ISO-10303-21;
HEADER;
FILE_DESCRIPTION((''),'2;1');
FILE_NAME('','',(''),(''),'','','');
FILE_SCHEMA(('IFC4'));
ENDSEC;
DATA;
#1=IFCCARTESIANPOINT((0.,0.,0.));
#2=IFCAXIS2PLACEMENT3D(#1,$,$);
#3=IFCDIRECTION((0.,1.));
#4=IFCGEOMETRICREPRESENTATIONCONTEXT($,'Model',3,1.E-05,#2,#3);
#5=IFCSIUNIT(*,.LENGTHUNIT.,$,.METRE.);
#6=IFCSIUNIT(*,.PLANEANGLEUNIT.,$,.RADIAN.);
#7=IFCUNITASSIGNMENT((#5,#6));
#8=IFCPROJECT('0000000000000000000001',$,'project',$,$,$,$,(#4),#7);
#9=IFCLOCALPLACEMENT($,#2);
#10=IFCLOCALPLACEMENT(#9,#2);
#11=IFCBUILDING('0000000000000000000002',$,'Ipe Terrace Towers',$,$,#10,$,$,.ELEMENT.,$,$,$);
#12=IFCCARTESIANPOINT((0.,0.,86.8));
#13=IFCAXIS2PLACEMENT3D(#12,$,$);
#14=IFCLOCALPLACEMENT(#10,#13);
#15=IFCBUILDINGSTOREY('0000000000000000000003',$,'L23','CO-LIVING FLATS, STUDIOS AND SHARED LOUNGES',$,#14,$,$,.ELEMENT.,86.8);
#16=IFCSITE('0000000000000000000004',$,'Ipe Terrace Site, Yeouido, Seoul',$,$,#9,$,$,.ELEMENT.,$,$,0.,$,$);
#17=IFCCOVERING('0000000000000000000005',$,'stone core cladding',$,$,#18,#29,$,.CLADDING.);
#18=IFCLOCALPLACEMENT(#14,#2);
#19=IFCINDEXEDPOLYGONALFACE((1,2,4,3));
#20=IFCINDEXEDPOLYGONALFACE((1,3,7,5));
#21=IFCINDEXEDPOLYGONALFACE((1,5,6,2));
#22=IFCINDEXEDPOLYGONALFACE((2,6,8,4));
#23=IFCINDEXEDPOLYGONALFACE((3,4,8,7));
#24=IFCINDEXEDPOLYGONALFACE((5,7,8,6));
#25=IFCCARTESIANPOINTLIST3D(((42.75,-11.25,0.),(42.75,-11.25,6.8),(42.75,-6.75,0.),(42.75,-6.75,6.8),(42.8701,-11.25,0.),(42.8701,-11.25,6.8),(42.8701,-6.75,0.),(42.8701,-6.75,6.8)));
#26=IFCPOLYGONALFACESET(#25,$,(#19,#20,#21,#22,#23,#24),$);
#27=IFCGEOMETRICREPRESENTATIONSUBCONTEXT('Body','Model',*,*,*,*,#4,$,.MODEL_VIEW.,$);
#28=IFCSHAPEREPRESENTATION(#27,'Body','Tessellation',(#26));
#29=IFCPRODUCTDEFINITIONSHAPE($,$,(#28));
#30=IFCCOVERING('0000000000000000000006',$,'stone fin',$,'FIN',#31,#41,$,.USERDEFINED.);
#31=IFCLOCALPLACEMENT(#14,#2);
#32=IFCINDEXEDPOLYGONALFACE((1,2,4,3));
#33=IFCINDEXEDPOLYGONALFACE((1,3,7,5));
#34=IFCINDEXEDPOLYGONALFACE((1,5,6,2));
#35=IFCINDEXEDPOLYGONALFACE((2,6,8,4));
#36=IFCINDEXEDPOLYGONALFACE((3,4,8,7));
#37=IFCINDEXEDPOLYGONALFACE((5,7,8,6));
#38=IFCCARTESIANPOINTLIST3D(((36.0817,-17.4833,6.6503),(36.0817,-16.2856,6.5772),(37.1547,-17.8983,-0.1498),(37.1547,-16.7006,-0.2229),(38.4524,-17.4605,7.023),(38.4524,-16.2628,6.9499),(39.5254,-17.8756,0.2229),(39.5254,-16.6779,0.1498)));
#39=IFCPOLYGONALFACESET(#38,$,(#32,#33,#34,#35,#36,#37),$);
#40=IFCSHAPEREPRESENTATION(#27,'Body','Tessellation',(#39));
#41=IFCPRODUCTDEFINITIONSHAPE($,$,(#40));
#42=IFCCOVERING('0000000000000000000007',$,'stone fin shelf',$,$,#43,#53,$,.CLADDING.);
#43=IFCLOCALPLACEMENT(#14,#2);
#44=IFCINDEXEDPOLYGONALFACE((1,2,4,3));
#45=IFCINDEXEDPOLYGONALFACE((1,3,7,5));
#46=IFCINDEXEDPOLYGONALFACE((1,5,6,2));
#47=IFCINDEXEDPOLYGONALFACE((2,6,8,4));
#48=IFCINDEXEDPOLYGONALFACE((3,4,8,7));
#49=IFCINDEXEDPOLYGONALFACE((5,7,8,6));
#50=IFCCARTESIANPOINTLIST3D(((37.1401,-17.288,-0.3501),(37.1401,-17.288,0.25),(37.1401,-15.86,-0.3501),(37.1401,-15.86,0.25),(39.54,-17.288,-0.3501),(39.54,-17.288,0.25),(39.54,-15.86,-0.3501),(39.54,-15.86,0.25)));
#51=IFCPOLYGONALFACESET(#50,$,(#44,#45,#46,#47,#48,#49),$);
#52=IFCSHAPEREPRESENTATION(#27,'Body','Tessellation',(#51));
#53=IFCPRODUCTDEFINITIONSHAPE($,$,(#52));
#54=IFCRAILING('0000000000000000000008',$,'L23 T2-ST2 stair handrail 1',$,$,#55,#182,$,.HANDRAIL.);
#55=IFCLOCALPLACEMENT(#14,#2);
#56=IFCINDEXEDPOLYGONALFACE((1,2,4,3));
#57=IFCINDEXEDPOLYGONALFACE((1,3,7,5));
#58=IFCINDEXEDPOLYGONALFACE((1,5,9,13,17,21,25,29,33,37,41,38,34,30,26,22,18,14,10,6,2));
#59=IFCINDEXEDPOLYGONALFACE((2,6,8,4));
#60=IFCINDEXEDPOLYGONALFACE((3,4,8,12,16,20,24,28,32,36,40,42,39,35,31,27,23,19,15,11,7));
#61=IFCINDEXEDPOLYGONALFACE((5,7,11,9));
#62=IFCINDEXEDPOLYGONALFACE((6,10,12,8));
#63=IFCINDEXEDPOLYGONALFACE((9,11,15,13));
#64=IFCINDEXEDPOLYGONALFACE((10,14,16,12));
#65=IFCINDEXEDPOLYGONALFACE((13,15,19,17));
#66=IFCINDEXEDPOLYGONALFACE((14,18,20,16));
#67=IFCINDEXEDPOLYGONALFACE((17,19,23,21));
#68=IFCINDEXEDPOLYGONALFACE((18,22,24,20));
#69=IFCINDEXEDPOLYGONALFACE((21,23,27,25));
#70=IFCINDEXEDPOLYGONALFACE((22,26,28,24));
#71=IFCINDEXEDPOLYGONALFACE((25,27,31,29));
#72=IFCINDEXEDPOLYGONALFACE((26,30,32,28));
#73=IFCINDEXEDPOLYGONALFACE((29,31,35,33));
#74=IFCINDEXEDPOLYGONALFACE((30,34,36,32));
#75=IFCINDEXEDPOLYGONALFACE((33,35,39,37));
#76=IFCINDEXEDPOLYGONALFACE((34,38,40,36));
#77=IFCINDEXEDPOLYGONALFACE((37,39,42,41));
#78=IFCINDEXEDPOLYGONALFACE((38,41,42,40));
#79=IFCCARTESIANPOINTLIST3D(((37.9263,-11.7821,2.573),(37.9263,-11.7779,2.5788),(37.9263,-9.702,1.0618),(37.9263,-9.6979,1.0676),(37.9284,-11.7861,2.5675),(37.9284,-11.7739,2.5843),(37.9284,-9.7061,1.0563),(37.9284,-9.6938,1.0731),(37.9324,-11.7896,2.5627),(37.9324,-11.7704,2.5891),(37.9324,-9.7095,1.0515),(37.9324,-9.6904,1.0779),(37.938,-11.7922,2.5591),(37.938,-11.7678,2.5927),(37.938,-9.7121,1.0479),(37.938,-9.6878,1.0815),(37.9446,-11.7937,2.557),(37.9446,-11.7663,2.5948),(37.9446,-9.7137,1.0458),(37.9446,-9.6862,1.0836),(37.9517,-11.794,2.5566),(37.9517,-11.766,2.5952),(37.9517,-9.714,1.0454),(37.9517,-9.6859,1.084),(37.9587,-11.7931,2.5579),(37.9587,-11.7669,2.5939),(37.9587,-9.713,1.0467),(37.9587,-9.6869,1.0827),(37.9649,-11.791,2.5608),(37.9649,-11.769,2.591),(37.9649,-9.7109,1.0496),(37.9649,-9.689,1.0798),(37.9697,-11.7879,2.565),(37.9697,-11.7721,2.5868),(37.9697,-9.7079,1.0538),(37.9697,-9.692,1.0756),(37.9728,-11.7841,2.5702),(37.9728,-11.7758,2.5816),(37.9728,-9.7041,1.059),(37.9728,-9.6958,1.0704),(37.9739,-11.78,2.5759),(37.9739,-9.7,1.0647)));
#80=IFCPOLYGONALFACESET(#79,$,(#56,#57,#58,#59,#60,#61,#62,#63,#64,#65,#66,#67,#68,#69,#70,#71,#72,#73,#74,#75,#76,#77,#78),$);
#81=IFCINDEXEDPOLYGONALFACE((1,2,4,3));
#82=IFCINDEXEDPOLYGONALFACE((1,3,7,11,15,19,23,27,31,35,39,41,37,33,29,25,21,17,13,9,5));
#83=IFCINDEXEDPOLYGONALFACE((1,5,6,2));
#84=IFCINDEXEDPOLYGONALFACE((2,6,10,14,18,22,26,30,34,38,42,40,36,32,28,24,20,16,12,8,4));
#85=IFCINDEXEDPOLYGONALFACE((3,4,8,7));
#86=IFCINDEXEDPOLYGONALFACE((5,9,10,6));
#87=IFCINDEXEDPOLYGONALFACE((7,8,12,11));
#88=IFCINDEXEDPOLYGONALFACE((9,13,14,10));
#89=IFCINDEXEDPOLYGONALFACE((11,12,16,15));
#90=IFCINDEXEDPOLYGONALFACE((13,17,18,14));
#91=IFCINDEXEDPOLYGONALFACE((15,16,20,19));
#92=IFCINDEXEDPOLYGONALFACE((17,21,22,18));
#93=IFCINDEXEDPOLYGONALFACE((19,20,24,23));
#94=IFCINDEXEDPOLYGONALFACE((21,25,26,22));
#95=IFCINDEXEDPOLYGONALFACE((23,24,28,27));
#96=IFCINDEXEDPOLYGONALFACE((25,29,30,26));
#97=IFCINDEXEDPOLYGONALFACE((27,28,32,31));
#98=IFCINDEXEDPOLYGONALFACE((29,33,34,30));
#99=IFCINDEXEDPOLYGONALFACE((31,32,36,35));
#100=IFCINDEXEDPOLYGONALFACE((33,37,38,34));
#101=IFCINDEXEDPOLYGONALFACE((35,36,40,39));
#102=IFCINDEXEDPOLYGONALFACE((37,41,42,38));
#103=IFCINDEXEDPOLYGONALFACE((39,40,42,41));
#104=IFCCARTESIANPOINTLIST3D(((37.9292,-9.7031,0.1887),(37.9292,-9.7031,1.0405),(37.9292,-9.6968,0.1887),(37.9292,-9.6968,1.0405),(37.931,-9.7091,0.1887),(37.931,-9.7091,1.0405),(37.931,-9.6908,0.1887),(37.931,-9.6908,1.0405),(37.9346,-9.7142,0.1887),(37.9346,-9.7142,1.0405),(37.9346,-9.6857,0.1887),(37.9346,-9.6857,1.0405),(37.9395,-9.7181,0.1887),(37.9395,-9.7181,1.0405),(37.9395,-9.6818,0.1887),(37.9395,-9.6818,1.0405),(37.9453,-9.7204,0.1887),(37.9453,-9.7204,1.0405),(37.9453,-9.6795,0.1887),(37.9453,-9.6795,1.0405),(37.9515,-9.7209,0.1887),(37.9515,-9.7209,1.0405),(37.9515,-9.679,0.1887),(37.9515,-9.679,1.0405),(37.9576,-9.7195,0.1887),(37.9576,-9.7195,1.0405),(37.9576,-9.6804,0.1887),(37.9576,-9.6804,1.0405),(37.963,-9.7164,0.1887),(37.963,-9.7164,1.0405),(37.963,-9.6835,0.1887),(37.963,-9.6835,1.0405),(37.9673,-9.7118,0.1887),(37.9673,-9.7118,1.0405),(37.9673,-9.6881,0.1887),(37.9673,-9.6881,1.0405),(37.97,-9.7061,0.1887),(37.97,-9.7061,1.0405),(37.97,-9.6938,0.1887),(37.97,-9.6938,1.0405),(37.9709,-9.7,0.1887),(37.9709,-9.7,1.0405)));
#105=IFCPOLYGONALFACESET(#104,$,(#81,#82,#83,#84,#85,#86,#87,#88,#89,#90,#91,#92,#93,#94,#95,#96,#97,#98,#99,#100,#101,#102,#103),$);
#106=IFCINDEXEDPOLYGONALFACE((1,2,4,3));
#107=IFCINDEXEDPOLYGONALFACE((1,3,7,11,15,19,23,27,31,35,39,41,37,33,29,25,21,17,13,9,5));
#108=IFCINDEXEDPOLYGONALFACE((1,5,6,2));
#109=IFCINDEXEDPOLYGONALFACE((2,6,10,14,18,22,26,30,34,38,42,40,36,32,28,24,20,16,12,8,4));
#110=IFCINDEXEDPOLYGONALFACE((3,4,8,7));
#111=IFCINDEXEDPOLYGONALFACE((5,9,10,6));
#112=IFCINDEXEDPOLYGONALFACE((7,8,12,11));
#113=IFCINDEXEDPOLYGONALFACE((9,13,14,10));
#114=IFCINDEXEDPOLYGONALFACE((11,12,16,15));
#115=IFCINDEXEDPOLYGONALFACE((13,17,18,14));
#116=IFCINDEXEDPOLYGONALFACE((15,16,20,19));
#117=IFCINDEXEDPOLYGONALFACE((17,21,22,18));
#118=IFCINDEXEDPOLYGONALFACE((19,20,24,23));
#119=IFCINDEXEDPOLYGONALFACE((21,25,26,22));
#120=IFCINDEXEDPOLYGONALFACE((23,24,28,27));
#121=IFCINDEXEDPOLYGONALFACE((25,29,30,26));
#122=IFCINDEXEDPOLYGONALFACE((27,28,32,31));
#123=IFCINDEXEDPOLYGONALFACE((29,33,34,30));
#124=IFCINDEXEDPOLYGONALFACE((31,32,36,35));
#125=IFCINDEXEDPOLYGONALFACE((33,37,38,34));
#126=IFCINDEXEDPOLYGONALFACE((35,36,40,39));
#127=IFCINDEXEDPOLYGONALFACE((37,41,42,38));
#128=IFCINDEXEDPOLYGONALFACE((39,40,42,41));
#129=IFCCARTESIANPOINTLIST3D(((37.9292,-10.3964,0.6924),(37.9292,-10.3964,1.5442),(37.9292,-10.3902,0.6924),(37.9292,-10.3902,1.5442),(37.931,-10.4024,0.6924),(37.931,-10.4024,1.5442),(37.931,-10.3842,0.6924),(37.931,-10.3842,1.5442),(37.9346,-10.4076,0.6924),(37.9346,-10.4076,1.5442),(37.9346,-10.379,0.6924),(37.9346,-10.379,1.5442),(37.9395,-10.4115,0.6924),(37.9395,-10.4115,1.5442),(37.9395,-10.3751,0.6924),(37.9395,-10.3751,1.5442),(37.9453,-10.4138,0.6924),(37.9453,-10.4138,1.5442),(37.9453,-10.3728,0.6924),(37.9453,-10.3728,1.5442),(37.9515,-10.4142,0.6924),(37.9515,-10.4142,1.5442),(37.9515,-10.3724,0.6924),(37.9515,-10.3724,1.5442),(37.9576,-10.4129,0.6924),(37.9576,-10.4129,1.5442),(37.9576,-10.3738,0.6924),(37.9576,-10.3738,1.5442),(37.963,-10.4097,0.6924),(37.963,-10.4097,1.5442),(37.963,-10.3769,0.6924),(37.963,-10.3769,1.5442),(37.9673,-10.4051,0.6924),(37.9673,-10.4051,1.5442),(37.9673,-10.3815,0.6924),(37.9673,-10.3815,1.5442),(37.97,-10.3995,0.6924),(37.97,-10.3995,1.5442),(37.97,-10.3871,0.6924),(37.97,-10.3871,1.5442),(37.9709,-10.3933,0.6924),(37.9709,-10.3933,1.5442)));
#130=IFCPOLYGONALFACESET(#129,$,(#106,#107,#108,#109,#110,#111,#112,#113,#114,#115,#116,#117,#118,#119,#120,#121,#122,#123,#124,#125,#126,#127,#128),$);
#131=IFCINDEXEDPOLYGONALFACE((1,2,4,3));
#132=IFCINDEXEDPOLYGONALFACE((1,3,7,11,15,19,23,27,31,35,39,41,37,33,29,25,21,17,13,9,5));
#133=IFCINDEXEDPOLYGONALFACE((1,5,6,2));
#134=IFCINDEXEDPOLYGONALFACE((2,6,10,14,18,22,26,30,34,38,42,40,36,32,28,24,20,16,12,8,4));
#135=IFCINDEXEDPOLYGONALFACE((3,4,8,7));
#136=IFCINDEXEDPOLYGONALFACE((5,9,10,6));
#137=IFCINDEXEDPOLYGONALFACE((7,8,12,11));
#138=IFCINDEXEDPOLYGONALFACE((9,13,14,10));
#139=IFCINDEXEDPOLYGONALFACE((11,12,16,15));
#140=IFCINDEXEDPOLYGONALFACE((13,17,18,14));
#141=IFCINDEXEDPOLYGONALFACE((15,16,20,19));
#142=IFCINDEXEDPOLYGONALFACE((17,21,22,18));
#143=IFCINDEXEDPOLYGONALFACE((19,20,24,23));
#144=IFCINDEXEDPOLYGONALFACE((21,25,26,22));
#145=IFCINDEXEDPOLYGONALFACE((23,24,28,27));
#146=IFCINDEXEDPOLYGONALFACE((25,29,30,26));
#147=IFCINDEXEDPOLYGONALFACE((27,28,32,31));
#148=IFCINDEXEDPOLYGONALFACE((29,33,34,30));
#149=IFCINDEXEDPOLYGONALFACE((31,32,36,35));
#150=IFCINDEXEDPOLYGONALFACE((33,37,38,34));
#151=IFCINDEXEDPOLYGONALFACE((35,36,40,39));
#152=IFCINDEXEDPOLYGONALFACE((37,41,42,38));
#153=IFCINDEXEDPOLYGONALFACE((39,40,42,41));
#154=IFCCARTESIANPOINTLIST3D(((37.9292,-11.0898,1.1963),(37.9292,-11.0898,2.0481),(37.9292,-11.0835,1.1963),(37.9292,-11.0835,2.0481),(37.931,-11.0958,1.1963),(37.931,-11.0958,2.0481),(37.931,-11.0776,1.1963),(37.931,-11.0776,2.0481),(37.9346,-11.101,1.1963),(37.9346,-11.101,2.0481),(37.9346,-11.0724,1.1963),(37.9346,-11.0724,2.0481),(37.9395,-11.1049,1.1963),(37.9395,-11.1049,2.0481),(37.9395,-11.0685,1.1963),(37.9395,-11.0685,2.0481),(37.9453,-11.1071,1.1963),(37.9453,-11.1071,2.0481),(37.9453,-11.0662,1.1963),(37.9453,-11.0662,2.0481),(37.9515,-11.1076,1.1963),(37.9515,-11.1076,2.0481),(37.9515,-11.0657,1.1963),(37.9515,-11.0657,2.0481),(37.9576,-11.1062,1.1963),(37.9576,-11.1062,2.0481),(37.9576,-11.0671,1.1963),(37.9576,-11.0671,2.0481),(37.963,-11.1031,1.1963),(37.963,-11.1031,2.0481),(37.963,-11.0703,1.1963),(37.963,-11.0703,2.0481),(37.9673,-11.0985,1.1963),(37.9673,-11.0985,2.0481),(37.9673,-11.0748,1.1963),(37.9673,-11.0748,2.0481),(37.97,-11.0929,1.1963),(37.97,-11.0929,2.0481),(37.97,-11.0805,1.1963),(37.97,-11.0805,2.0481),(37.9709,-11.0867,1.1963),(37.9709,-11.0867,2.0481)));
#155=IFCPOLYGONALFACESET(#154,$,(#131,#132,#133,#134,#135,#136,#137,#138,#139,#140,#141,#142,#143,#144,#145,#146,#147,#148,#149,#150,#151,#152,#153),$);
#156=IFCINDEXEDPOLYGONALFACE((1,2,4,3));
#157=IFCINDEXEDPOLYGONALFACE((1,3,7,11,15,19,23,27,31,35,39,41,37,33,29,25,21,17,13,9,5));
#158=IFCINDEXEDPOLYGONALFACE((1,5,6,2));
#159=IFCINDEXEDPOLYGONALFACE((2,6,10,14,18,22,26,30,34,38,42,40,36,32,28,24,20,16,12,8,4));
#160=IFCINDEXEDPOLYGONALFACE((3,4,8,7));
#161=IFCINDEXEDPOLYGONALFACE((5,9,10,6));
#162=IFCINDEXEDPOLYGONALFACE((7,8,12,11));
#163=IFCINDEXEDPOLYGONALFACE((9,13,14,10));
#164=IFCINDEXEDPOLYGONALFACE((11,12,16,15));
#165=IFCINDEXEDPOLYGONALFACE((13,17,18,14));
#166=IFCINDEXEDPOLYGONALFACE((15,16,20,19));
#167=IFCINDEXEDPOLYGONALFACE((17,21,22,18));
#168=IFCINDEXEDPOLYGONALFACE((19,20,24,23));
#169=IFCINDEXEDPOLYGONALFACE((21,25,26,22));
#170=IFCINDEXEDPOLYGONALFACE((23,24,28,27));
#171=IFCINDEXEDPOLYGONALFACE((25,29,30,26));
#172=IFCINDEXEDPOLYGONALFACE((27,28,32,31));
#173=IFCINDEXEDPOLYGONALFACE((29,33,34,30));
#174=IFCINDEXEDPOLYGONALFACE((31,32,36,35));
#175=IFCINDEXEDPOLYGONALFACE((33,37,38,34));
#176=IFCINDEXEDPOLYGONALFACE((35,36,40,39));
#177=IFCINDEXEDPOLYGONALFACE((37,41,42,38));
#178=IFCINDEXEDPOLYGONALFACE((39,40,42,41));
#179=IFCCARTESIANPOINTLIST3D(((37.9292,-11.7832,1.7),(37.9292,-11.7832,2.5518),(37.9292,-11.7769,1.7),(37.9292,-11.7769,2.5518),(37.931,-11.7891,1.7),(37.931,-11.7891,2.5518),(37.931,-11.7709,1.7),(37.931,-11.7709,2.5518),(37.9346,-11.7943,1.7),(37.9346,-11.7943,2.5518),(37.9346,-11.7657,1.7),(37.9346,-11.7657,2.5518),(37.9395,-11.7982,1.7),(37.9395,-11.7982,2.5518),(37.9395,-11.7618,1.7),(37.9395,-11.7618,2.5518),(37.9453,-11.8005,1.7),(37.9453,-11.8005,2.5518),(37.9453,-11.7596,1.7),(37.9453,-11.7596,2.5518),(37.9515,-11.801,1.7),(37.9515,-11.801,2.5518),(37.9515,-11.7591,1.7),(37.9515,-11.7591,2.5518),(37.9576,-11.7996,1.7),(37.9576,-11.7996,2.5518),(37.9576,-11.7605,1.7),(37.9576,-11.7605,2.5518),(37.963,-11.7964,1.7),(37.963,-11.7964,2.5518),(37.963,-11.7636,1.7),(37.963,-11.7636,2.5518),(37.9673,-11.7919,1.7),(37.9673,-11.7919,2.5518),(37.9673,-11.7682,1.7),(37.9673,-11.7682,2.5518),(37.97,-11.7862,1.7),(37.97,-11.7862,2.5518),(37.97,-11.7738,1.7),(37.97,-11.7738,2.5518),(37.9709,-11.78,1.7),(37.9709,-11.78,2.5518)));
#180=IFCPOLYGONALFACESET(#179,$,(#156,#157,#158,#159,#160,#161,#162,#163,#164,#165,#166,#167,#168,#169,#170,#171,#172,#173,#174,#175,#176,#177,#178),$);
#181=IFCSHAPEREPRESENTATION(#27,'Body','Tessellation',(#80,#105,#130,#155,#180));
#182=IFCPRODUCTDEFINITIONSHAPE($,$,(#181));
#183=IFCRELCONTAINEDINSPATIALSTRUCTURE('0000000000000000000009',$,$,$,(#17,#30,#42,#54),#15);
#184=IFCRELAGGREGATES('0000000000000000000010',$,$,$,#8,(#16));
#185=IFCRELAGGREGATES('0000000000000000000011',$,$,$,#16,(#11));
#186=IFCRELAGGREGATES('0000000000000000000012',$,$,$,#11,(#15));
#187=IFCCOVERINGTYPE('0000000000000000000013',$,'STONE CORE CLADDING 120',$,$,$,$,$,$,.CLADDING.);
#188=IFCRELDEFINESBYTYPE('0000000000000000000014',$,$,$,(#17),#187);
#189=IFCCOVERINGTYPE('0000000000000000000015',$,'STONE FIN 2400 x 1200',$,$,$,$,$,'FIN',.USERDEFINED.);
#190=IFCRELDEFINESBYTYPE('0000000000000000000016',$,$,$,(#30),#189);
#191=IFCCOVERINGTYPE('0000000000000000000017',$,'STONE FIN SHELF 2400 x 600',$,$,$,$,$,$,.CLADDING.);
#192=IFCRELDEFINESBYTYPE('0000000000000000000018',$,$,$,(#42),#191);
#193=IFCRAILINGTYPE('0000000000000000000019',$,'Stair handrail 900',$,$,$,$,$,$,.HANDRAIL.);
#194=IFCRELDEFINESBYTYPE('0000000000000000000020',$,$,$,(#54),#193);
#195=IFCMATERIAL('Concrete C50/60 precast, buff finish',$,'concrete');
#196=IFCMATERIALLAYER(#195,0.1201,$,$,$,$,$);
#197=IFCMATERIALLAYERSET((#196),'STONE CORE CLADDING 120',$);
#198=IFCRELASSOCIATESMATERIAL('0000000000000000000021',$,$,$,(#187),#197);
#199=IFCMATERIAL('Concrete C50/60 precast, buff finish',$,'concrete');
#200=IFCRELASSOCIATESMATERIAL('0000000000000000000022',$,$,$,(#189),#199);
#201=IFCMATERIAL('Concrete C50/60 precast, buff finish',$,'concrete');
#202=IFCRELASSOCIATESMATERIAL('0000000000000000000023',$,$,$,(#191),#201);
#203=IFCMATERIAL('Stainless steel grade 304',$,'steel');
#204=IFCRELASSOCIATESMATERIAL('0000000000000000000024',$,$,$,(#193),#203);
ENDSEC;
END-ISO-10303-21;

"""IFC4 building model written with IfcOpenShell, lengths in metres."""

from ifc_helpers import new_model, si_unit, direction, frame, origin, origin_2d, place, context, subcontext, project, spatial, rectangle, circle, extrude, material, layer, layer_set, material_profile, profile_set, type_object, element, save


model = new_model("IFC4")

# Units and contexts
model_context = context("Model", 3, precision=1e-05, world=origin(), true_north=direction((0.0, 1.0)))
body_context = subcontext(model_context, "Body", "Model", "MODEL_VIEW")
ifc_project = project(units=[si_unit("LENGTHUNIT", "METRE"), si_unit("PLANEANGLEUNIT", "RADIAN")], contexts=[model_context])

# Site, building, storey
site_placement = place(None, origin())
site = spatial("IfcSite", under=ifc_project, at=site_placement, Name="Ipe Terrace Site, Yeouido, Seoul", CompositionType="ELEMENT", RefElevation=0.0)
building_placement = place(site_placement, origin())
building = spatial("IfcBuilding", under=site, at=building_placement, Name="Ipe Terrace Towers", CompositionType="ELEMENT")
storey_placement = place(building_placement, frame((0.0, 0.0, 86.8)))
storey = spatial("IfcBuildingStorey", under=building, at=storey_placement, Name="L23", Description="CO-LIVING FLATS, STUDIOS AND SHARED LOUNGES", CompositionType="ELEMENT", Elevation=86.8)

# Coverings
ifc_material_1 = material(Name="Concrete C50/60 precast, buff finish", Category="concrete")
ifc_layer_1 = layer(ifc_material_1, 0.1201)
ifc_layer_set_1 = layer_set([ifc_layer_1], Name="STONE CORE CLADDING 120")
covering_type_1 = type_object("IfcCoveringType", Name="STONE CORE CLADDING 120", PredefinedType="CLADDING", material=ifc_layer_set_1)
covering_1_placement = place(storey_placement, frame((42.8101, -9.0, 0.0), z_axis=(0.0, 0.0, 1.0), x_axis=(0.0, 1.0, 0.0)))
element("IfcCovering", 1, at=covering_1_placement, inside=storey, type_object=covering_type_1, Name="stone core cladding", PredefinedType="CLADDING", context=body_context, shape_type="SweptSolid", body=[
    extrude(rectangle(XDim=4.5, YDim=0.1201, at=origin_2d()), origin(), (0.0, 0.0, 1.0), 6.8),
])
ifc_material_2 = material(Name="Concrete C50/60 precast, buff finish", Category="concrete")
ifc_material_profile = material_profile(ifc_material_2, rectangle(XDim=2.3999, YDim=1.2, at=origin_2d()), Name="STONE FIN 2400 x 1200")
ifc_profile_set = profile_set([ifc_material_profile], Name="Concrete C50/60 precast, buff finish")
covering_type_2 = type_object("IfcCoveringType", Name="STONE FIN 2400 x 1200", ElementType="FIN", PredefinedType="USERDEFINED", material=ifc_profile_set)
covering_2_placement = place(storey_placement, frame((38.3401, -17.2881, 0.0), z_axis=(-0.155582, 0.06018, 0.985988), x_axis=(0.987823, 0.009478, 0.155293)))
element("IfcCovering", 2, at=covering_2_placement, inside=storey, type_object=covering_type_2, Name="stone fin", ObjectType="FIN", PredefinedType="USERDEFINED", context=body_context, shape_type="SweptSolid", body=[
    extrude(rectangle(XDim=2.3999, YDim=1.2, at=origin_2d()), origin(), (0.0, 0.0, 1.0), 6.8967),
])
ifc_material_3 = material(Name="Concrete C50/60 precast, buff finish", Category="concrete")
covering_type_3 = type_object("IfcCoveringType", Name="STONE FIN SHELF 2400 x 600", PredefinedType="CLADDING", material=ifc_material_3)
covering_3_placement = place(storey_placement, frame((38.3401, -16.574, -0.3501), z_axis=(0.0, 0.0, 1.0), x_axis=(1.0, 0.0, 0.0)))
element("IfcCovering", 3, at=covering_3_placement, inside=storey, type_object=covering_type_3, Name="stone fin shelf", PredefinedType="CLADDING", context=body_context, shape_type="SweptSolid", body=[
    extrude(rectangle(XDim=2.3999, YDim=1.428, at=origin_2d()), origin(), (0.0, 0.0, 1.0), 0.6001),
])

# Railing
ifc_material_4 = material(Name="Stainless steel grade 304", Category="steel")
railing_type_1 = type_object("IfcRailingType", Name="Stair handrail 900", PredefinedType="HANDRAIL", material=ifc_material_4)
railing_1_placement = place(storey_placement, frame((37.95, -9.7, 0.1887)))
element("IfcRailing", 4, at=railing_1_placement, inside=storey, type_object=railing_type_1, Name="L23 T2-ST2 stair handrail 1", PredefinedType="HANDRAIL", context=body_context, shape_type="SweptSolid", body=[
    extrude(circle(Radius=0.0239, at=origin_2d()), frame((0.0, 0.0, 0.876), z_axis=(0.0, -0.809023, 0.587776), x_axis=(1.0, 0.0, 0.0)), (0.0, 0.0, 1.0), 2.571),
    extrude(circle(Radius=0.021, at=origin_2d()), origin(), (0.0, 0.0, 1.0), 0.8518),
    extrude(circle(Radius=0.021, at=origin_2d()), frame((0.0, -0.6934, 0.5037)), (0.0, 0.0, 1.0), 0.8518),
    extrude(circle(Radius=0.021, at=origin_2d()), frame((0.0, -1.3867, 1.0076)), (0.0, 0.0, 1.0), 0.8518),
    extrude(circle(Radius=0.021, at=origin_2d()), frame((0.0, -2.0801, 1.5112)), (0.0, 0.0, 1.0), 0.8518),
])

save(model, "model.ifc")
